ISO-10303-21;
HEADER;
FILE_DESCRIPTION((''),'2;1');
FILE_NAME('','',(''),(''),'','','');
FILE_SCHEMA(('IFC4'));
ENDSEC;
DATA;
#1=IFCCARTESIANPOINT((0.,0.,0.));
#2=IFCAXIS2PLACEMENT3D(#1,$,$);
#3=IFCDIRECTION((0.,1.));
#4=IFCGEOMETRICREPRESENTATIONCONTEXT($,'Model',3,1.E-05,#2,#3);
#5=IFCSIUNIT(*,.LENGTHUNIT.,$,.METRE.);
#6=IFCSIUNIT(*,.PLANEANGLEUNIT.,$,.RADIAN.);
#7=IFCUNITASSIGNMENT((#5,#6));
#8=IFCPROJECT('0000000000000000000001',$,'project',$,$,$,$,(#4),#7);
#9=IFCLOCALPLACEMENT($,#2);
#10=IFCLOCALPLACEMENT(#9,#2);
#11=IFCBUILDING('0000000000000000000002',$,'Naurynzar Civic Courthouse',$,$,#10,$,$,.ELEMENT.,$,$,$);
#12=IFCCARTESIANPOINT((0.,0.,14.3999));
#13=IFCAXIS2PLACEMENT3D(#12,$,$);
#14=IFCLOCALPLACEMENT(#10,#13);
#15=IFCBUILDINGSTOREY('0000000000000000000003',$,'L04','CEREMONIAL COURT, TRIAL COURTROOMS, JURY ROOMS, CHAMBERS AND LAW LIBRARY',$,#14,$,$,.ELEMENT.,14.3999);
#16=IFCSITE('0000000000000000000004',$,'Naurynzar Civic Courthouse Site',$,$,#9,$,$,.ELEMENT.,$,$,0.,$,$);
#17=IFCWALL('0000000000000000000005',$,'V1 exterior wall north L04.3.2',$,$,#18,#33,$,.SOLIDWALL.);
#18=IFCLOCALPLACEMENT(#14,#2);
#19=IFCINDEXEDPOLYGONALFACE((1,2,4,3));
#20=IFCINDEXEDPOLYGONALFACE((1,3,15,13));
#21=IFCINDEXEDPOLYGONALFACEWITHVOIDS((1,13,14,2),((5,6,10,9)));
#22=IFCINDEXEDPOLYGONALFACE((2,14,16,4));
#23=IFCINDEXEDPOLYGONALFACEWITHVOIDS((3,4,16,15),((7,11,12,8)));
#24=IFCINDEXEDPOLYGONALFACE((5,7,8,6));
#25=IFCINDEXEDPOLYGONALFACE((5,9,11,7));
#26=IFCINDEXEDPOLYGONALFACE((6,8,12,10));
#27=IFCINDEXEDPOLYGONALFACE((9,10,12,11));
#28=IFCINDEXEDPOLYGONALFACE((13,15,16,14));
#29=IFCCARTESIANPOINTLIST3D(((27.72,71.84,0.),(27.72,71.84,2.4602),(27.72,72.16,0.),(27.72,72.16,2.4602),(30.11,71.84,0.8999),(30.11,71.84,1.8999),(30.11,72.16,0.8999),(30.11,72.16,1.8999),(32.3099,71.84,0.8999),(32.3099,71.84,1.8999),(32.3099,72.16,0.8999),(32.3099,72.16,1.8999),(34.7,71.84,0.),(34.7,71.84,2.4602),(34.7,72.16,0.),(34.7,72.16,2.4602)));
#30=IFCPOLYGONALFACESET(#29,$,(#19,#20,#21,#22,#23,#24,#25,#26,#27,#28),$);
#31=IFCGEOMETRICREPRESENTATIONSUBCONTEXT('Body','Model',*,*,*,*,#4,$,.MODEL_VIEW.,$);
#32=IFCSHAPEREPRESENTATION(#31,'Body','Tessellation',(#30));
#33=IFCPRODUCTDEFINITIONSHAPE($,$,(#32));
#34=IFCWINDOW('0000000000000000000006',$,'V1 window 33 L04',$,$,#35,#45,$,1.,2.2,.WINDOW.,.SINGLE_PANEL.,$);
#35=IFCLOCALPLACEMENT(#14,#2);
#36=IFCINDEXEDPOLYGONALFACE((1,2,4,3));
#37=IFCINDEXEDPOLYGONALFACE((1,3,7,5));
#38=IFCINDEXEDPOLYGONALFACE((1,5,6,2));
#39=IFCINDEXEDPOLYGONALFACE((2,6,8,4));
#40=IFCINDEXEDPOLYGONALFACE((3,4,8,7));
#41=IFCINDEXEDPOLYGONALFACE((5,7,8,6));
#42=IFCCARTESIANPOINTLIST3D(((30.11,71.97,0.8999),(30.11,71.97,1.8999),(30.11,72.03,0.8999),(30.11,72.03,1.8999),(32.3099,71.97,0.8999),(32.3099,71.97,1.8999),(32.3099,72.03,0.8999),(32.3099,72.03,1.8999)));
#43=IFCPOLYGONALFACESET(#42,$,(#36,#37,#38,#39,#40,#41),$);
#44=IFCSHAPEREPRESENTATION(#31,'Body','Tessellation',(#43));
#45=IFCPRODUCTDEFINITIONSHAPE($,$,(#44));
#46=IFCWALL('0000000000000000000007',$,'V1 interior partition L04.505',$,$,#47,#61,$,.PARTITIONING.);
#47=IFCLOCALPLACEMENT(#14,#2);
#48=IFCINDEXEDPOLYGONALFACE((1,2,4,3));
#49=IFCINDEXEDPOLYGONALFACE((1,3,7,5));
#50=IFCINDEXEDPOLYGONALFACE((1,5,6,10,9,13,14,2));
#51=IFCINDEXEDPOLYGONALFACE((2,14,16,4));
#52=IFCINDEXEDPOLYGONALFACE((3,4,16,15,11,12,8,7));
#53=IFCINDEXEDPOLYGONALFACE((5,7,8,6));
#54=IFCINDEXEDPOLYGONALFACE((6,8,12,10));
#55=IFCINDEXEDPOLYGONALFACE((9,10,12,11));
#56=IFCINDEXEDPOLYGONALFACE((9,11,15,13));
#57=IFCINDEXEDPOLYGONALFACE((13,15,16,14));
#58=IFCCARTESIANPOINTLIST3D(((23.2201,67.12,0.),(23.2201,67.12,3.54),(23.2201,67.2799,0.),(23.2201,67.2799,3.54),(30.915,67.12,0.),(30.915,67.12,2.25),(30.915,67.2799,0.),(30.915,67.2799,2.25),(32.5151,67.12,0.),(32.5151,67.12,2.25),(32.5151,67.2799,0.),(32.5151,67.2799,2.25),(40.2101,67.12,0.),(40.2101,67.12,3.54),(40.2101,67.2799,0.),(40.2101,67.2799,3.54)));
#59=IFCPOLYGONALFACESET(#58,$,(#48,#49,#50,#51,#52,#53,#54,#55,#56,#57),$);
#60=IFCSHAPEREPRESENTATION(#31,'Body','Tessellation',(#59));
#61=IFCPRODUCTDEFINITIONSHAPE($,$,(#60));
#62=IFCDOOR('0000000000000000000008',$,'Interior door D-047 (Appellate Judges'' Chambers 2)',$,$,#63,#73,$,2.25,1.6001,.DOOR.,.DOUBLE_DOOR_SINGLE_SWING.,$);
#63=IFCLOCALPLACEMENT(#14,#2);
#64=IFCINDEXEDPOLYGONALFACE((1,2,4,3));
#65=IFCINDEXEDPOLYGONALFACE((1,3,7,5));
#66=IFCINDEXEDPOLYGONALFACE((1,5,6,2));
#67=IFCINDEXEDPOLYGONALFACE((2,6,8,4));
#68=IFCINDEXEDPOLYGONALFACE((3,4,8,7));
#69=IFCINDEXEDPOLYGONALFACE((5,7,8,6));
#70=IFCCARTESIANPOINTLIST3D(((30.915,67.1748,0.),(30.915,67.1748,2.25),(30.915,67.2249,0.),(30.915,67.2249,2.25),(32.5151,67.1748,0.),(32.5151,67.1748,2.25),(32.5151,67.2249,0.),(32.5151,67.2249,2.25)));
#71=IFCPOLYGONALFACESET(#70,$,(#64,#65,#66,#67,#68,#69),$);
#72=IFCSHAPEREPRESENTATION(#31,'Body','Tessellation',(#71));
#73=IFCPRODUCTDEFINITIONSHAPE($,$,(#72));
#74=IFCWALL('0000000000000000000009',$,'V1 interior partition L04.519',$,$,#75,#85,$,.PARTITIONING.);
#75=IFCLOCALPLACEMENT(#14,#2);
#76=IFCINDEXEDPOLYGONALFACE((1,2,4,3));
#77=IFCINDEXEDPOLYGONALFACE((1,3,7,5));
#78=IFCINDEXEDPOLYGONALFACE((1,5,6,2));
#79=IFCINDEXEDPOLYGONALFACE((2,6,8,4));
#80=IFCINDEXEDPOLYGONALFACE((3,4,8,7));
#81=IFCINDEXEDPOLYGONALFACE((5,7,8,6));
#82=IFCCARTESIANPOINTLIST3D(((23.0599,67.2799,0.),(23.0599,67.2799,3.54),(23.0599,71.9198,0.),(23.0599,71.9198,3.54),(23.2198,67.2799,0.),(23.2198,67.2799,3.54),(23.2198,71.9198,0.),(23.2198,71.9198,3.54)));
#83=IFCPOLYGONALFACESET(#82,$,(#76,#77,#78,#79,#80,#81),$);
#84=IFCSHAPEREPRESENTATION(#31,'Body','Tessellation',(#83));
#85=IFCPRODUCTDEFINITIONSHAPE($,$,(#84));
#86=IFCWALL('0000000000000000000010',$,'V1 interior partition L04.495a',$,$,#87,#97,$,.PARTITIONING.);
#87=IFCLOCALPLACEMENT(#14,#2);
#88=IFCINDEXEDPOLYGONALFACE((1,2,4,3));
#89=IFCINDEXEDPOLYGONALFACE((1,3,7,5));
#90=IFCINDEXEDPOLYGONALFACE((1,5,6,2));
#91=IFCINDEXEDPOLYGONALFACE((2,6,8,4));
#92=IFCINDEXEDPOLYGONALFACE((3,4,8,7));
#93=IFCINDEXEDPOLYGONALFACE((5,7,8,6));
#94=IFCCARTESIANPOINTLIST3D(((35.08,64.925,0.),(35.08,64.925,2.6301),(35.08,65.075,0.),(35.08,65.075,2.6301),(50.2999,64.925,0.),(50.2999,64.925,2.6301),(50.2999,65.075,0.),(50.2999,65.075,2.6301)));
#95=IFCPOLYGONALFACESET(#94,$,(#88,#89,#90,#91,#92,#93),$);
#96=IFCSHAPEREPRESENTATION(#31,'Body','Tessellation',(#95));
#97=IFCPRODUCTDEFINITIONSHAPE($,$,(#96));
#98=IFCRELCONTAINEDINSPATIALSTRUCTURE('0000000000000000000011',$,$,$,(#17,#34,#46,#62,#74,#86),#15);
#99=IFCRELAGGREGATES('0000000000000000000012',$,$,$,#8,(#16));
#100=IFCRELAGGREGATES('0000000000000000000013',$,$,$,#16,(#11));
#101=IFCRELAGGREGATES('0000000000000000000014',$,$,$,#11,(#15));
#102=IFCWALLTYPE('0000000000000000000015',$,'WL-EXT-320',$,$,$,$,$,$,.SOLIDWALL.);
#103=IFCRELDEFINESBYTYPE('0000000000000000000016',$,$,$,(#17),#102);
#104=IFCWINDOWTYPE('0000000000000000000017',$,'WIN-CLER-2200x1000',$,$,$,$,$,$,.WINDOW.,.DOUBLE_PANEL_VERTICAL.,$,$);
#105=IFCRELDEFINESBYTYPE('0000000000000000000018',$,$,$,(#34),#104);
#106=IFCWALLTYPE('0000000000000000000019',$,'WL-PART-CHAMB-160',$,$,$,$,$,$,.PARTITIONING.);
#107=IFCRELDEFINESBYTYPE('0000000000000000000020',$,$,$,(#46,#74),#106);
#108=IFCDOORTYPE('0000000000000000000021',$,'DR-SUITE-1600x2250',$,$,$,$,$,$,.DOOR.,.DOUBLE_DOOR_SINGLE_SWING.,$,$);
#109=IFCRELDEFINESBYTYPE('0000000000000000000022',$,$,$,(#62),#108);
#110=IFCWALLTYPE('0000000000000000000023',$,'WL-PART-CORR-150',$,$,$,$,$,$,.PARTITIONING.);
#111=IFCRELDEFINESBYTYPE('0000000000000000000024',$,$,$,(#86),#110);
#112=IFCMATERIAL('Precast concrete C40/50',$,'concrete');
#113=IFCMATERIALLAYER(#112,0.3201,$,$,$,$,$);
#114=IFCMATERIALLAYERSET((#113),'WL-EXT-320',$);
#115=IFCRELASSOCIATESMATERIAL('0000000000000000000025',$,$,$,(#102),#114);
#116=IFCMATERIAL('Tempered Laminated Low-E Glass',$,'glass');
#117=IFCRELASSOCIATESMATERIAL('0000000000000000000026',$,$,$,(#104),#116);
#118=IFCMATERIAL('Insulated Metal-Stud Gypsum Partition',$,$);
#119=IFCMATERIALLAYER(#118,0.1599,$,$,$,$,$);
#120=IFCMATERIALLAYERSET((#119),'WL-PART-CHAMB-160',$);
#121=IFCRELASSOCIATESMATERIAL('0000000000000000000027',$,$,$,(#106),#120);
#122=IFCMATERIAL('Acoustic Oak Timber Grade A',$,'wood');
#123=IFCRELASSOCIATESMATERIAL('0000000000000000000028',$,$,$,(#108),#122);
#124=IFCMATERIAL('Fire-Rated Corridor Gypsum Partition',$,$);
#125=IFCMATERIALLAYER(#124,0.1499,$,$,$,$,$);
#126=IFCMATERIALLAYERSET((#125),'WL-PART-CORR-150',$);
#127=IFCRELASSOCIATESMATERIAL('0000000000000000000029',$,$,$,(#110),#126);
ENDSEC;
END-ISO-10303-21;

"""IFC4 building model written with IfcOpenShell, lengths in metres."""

from ifc_helpers import new_model, si_unit, direction, frame, frame_2d, origin, place, context, subcontext, project, spatial, rectangle, extrude, material, layer, layer_set, type_object, element, fill, save


model = new_model("IFC4")

# Units and contexts
model_context = context("Model", 3, precision=1e-05, world=origin(), true_north=direction((0.0, 1.0)))
body_context = subcontext(model_context, "Body", "Model", "MODEL_VIEW")
ifc_project = project(units=[si_unit("LENGTHUNIT", "METRE"), si_unit("PLANEANGLEUNIT", "RADIAN")], contexts=[model_context])

# Site, building, storey
site_placement = place(None, origin())
site = spatial("IfcSite", under=ifc_project, at=site_placement, Name="Naurynzar Civic Courthouse Site", CompositionType="ELEMENT", RefElevation=0.0)
building_placement = place(site_placement, origin())
building = spatial("IfcBuilding", under=site, at=building_placement, Name="Naurynzar Civic Courthouse", CompositionType="ELEMENT")
storey_placement = place(building_placement, frame((0.0, 0.0, 14.3999)))
storey = spatial("IfcBuildingStorey", under=building, at=storey_placement, Name="L04", Description="CEREMONIAL COURT, TRIAL COURTROOMS, JURY ROOMS, CHAMBERS AND LAW LIBRARY", CompositionType="ELEMENT", Elevation=14.3999)

# Wall, opening, window
ifc_material_1 = material(Name="Precast concrete C40/50", Category="concrete")
ifc_layer_1 = layer(ifc_material_1, 0.3201)
ifc_layer_set_1 = layer_set([ifc_layer_1], Name="WL-EXT-320")
wall_type_1 = type_object("IfcWallType", Name="WL-EXT-320", PredefinedType="SOLIDWALL", material=ifc_layer_set_1)
ifc_material_2 = material(Name="Tempered Laminated Low-E Glass", Category="glass")
window_type = type_object("IfcWindowType", Name="WIN-CLER-2200x1000", PartitioningType="DOUBLE_PANEL_VERTICAL", PredefinedType="WINDOW", material=ifc_material_2)
wall_1_placement = place(storey_placement, frame((27.72, 72.0, 0.0), z_axis=(0.0, 0.0, 1.0), x_axis=(1.0, 0.0, 0.0)))
wall_1 = element("IfcWall", 1, at=wall_1_placement, inside=storey, type_object=wall_type_1, Name="V1 exterior wall north L04.3.2", PredefinedType="SOLIDWALL", context=body_context, shape_type="SweptSolid", body=[
    extrude(rectangle(XDim=6.98, YDim=0.3201, at=frame_2d((3.49, 0.0))), origin(), (0.0, 0.0, 1.0), 2.4602),
])
opening_1_placement = place(wall_1_placement, frame((2.3899, 0.0, 0.8999)))
opening_1 = element("IfcOpeningElement", 2, at=opening_1_placement, cuts=wall_1, PredefinedType="OPENING", context=body_context, shape_type="SweptSolid", body=[
    extrude(rectangle(XDim=2.2, YDim=1.0, at=frame_2d((1.1001, 0.5))), frame((0.0, 0.1699, 0.0), z_axis=(0.0, -1.0, 0.0), x_axis=(1.0, 0.0, 0.0)), (0.0, 0.0, 1.0), 0.3401),
])
window_1_placement = place(opening_1_placement, origin())
window_1 = element("IfcWindow", 3, at=window_1_placement, inside=storey, type_object=window_type, Name="V1 window 33 L04", OverallHeight=1.0, OverallWidth=2.2, PartitioningType="SINGLE_PANEL", PredefinedType="WINDOW", context=body_context, shape_type="SweptSolid", body=[
    extrude(rectangle(XDim=2.2, YDim=1.0, at=frame_2d((1.1001, 0.5))), frame((0.0, 0.03, 0.0), z_axis=(0.0, -1.0, 0.0), x_axis=(1.0, 0.0, 0.0)), (0.0, 0.0, 1.0), 0.0601),
])
fill(opening_1, window_1)

# Wall, opening, door
ifc_material_3 = material(Name="Insulated Metal-Stud Gypsum Partition")
ifc_layer_2 = layer(ifc_material_3, 0.1599)
ifc_layer_set_2 = layer_set([ifc_layer_2], Name="WL-PART-CHAMB-160")
wall_type_2 = type_object("IfcWallType", Name="WL-PART-CHAMB-160", PredefinedType="PARTITIONING", material=ifc_layer_set_2)
wall_2_placement = place(storey_placement, frame((23.22, 67.2, 0.0), z_axis=(0.0, 0.0, 1.0), x_axis=(1.0, 0.0, 0.0)))
wall_2 = element("IfcWall", 4, at=wall_2_placement, inside=storey, type_object=wall_type_2, Name="V1 interior partition L04.505", PredefinedType="PARTITIONING", context=body_context, shape_type="SweptSolid", body=[
    extrude(rectangle(XDim=16.99, YDim=0.1599, at=frame_2d((8.4951, 0.0))), origin(), (0.0, 0.0, 1.0), 3.54),
])
opening_2_placement = place(wall_2_placement, frame((7.6951, 0.0, 0.0)))
opening_2 = element("IfcOpeningElement", 5, at=opening_2_placement, cuts=wall_2, PredefinedType="OPENING", context=body_context, shape_type="SweptSolid", body=[
    extrude(rectangle(XDim=1.6001, YDim=2.25, at=frame_2d((0.8, 1.125))), frame((0.0, 0.0898, 0.0), z_axis=(0.0, -1.0, 0.0), x_axis=(1.0, 0.0, 0.0)), (0.0, 0.0, 1.0), 0.1799),
])
ifc_material_4 = material(Name="Acoustic Oak Timber Grade A", Category="wood")
door_type = type_object("IfcDoorType", Name="DR-SUITE-1600x2250", OperationType="DOUBLE_DOOR_SINGLE_SWING", PredefinedType="DOOR", material=ifc_material_4)
door_placement = place(opening_2_placement, origin())
door = element("IfcDoor", 6, at=door_placement, inside=storey, type_object=door_type, Name="Interior door D-047 (Appellate Judges' Chambers 2)", OperationType="DOUBLE_DOOR_SINGLE_SWING", OverallHeight=2.25, OverallWidth=1.6001, PredefinedType="DOOR", context=body_context, shape_type="SweptSolid", body=[
    extrude(rectangle(XDim=1.6001, YDim=2.25, at=frame_2d((0.8, 1.125))), frame((0.0, 0.0249, 0.0), z_axis=(0.0, -1.0, 0.0), x_axis=(1.0, 0.0, 0.0)), (0.0, 0.0, 1.0), 0.05),
])
fill(opening_2, door)

# Walls
wall_3_placement = place(storey_placement, frame((23.1399, 67.28, 0.0), z_axis=(0.0, 0.0, 1.0), x_axis=(0.0, 1.0, 0.0)))
element("IfcWall", 7, at=wall_3_placement, inside=storey, type_object=wall_type_2, Name="V1 interior partition L04.519", PredefinedType="PARTITIONING", context=body_context, shape_type="SweptSolid", body=[
    extrude(rectangle(XDim=4.6399, YDim=0.1599, at=frame_2d((2.3198, 0.0))), origin(), (0.0, 0.0, 1.0), 3.54),
])
ifc_material_5 = material(Name="Fire-Rated Corridor Gypsum Partition")
ifc_layer_3 = layer(ifc_material_5, 0.1499)
ifc_layer_set_3 = layer_set([ifc_layer_3], Name="WL-PART-CORR-150")
wall_type_3 = type_object("IfcWallType", Name="WL-PART-CORR-150", PredefinedType="PARTITIONING", material=ifc_layer_set_3)
wall_4_placement = place(storey_placement, frame((35.0801, 65.0, 0.0), z_axis=(0.0, 0.0, 1.0), x_axis=(1.0, 0.0, 0.0)))
element("IfcWall", 8, at=wall_4_placement, inside=storey, type_object=wall_type_3, Name="V1 interior partition L04.495a", PredefinedType="PARTITIONING", context=body_context, shape_type="SweptSolid", body=[
    extrude(rectangle(XDim=15.22, YDim=0.1499, at=frame_2d((7.6099, 0.0))), origin(), (0.0, 0.0, 1.0), 2.6301),
])

save(model, "model.ifc")
